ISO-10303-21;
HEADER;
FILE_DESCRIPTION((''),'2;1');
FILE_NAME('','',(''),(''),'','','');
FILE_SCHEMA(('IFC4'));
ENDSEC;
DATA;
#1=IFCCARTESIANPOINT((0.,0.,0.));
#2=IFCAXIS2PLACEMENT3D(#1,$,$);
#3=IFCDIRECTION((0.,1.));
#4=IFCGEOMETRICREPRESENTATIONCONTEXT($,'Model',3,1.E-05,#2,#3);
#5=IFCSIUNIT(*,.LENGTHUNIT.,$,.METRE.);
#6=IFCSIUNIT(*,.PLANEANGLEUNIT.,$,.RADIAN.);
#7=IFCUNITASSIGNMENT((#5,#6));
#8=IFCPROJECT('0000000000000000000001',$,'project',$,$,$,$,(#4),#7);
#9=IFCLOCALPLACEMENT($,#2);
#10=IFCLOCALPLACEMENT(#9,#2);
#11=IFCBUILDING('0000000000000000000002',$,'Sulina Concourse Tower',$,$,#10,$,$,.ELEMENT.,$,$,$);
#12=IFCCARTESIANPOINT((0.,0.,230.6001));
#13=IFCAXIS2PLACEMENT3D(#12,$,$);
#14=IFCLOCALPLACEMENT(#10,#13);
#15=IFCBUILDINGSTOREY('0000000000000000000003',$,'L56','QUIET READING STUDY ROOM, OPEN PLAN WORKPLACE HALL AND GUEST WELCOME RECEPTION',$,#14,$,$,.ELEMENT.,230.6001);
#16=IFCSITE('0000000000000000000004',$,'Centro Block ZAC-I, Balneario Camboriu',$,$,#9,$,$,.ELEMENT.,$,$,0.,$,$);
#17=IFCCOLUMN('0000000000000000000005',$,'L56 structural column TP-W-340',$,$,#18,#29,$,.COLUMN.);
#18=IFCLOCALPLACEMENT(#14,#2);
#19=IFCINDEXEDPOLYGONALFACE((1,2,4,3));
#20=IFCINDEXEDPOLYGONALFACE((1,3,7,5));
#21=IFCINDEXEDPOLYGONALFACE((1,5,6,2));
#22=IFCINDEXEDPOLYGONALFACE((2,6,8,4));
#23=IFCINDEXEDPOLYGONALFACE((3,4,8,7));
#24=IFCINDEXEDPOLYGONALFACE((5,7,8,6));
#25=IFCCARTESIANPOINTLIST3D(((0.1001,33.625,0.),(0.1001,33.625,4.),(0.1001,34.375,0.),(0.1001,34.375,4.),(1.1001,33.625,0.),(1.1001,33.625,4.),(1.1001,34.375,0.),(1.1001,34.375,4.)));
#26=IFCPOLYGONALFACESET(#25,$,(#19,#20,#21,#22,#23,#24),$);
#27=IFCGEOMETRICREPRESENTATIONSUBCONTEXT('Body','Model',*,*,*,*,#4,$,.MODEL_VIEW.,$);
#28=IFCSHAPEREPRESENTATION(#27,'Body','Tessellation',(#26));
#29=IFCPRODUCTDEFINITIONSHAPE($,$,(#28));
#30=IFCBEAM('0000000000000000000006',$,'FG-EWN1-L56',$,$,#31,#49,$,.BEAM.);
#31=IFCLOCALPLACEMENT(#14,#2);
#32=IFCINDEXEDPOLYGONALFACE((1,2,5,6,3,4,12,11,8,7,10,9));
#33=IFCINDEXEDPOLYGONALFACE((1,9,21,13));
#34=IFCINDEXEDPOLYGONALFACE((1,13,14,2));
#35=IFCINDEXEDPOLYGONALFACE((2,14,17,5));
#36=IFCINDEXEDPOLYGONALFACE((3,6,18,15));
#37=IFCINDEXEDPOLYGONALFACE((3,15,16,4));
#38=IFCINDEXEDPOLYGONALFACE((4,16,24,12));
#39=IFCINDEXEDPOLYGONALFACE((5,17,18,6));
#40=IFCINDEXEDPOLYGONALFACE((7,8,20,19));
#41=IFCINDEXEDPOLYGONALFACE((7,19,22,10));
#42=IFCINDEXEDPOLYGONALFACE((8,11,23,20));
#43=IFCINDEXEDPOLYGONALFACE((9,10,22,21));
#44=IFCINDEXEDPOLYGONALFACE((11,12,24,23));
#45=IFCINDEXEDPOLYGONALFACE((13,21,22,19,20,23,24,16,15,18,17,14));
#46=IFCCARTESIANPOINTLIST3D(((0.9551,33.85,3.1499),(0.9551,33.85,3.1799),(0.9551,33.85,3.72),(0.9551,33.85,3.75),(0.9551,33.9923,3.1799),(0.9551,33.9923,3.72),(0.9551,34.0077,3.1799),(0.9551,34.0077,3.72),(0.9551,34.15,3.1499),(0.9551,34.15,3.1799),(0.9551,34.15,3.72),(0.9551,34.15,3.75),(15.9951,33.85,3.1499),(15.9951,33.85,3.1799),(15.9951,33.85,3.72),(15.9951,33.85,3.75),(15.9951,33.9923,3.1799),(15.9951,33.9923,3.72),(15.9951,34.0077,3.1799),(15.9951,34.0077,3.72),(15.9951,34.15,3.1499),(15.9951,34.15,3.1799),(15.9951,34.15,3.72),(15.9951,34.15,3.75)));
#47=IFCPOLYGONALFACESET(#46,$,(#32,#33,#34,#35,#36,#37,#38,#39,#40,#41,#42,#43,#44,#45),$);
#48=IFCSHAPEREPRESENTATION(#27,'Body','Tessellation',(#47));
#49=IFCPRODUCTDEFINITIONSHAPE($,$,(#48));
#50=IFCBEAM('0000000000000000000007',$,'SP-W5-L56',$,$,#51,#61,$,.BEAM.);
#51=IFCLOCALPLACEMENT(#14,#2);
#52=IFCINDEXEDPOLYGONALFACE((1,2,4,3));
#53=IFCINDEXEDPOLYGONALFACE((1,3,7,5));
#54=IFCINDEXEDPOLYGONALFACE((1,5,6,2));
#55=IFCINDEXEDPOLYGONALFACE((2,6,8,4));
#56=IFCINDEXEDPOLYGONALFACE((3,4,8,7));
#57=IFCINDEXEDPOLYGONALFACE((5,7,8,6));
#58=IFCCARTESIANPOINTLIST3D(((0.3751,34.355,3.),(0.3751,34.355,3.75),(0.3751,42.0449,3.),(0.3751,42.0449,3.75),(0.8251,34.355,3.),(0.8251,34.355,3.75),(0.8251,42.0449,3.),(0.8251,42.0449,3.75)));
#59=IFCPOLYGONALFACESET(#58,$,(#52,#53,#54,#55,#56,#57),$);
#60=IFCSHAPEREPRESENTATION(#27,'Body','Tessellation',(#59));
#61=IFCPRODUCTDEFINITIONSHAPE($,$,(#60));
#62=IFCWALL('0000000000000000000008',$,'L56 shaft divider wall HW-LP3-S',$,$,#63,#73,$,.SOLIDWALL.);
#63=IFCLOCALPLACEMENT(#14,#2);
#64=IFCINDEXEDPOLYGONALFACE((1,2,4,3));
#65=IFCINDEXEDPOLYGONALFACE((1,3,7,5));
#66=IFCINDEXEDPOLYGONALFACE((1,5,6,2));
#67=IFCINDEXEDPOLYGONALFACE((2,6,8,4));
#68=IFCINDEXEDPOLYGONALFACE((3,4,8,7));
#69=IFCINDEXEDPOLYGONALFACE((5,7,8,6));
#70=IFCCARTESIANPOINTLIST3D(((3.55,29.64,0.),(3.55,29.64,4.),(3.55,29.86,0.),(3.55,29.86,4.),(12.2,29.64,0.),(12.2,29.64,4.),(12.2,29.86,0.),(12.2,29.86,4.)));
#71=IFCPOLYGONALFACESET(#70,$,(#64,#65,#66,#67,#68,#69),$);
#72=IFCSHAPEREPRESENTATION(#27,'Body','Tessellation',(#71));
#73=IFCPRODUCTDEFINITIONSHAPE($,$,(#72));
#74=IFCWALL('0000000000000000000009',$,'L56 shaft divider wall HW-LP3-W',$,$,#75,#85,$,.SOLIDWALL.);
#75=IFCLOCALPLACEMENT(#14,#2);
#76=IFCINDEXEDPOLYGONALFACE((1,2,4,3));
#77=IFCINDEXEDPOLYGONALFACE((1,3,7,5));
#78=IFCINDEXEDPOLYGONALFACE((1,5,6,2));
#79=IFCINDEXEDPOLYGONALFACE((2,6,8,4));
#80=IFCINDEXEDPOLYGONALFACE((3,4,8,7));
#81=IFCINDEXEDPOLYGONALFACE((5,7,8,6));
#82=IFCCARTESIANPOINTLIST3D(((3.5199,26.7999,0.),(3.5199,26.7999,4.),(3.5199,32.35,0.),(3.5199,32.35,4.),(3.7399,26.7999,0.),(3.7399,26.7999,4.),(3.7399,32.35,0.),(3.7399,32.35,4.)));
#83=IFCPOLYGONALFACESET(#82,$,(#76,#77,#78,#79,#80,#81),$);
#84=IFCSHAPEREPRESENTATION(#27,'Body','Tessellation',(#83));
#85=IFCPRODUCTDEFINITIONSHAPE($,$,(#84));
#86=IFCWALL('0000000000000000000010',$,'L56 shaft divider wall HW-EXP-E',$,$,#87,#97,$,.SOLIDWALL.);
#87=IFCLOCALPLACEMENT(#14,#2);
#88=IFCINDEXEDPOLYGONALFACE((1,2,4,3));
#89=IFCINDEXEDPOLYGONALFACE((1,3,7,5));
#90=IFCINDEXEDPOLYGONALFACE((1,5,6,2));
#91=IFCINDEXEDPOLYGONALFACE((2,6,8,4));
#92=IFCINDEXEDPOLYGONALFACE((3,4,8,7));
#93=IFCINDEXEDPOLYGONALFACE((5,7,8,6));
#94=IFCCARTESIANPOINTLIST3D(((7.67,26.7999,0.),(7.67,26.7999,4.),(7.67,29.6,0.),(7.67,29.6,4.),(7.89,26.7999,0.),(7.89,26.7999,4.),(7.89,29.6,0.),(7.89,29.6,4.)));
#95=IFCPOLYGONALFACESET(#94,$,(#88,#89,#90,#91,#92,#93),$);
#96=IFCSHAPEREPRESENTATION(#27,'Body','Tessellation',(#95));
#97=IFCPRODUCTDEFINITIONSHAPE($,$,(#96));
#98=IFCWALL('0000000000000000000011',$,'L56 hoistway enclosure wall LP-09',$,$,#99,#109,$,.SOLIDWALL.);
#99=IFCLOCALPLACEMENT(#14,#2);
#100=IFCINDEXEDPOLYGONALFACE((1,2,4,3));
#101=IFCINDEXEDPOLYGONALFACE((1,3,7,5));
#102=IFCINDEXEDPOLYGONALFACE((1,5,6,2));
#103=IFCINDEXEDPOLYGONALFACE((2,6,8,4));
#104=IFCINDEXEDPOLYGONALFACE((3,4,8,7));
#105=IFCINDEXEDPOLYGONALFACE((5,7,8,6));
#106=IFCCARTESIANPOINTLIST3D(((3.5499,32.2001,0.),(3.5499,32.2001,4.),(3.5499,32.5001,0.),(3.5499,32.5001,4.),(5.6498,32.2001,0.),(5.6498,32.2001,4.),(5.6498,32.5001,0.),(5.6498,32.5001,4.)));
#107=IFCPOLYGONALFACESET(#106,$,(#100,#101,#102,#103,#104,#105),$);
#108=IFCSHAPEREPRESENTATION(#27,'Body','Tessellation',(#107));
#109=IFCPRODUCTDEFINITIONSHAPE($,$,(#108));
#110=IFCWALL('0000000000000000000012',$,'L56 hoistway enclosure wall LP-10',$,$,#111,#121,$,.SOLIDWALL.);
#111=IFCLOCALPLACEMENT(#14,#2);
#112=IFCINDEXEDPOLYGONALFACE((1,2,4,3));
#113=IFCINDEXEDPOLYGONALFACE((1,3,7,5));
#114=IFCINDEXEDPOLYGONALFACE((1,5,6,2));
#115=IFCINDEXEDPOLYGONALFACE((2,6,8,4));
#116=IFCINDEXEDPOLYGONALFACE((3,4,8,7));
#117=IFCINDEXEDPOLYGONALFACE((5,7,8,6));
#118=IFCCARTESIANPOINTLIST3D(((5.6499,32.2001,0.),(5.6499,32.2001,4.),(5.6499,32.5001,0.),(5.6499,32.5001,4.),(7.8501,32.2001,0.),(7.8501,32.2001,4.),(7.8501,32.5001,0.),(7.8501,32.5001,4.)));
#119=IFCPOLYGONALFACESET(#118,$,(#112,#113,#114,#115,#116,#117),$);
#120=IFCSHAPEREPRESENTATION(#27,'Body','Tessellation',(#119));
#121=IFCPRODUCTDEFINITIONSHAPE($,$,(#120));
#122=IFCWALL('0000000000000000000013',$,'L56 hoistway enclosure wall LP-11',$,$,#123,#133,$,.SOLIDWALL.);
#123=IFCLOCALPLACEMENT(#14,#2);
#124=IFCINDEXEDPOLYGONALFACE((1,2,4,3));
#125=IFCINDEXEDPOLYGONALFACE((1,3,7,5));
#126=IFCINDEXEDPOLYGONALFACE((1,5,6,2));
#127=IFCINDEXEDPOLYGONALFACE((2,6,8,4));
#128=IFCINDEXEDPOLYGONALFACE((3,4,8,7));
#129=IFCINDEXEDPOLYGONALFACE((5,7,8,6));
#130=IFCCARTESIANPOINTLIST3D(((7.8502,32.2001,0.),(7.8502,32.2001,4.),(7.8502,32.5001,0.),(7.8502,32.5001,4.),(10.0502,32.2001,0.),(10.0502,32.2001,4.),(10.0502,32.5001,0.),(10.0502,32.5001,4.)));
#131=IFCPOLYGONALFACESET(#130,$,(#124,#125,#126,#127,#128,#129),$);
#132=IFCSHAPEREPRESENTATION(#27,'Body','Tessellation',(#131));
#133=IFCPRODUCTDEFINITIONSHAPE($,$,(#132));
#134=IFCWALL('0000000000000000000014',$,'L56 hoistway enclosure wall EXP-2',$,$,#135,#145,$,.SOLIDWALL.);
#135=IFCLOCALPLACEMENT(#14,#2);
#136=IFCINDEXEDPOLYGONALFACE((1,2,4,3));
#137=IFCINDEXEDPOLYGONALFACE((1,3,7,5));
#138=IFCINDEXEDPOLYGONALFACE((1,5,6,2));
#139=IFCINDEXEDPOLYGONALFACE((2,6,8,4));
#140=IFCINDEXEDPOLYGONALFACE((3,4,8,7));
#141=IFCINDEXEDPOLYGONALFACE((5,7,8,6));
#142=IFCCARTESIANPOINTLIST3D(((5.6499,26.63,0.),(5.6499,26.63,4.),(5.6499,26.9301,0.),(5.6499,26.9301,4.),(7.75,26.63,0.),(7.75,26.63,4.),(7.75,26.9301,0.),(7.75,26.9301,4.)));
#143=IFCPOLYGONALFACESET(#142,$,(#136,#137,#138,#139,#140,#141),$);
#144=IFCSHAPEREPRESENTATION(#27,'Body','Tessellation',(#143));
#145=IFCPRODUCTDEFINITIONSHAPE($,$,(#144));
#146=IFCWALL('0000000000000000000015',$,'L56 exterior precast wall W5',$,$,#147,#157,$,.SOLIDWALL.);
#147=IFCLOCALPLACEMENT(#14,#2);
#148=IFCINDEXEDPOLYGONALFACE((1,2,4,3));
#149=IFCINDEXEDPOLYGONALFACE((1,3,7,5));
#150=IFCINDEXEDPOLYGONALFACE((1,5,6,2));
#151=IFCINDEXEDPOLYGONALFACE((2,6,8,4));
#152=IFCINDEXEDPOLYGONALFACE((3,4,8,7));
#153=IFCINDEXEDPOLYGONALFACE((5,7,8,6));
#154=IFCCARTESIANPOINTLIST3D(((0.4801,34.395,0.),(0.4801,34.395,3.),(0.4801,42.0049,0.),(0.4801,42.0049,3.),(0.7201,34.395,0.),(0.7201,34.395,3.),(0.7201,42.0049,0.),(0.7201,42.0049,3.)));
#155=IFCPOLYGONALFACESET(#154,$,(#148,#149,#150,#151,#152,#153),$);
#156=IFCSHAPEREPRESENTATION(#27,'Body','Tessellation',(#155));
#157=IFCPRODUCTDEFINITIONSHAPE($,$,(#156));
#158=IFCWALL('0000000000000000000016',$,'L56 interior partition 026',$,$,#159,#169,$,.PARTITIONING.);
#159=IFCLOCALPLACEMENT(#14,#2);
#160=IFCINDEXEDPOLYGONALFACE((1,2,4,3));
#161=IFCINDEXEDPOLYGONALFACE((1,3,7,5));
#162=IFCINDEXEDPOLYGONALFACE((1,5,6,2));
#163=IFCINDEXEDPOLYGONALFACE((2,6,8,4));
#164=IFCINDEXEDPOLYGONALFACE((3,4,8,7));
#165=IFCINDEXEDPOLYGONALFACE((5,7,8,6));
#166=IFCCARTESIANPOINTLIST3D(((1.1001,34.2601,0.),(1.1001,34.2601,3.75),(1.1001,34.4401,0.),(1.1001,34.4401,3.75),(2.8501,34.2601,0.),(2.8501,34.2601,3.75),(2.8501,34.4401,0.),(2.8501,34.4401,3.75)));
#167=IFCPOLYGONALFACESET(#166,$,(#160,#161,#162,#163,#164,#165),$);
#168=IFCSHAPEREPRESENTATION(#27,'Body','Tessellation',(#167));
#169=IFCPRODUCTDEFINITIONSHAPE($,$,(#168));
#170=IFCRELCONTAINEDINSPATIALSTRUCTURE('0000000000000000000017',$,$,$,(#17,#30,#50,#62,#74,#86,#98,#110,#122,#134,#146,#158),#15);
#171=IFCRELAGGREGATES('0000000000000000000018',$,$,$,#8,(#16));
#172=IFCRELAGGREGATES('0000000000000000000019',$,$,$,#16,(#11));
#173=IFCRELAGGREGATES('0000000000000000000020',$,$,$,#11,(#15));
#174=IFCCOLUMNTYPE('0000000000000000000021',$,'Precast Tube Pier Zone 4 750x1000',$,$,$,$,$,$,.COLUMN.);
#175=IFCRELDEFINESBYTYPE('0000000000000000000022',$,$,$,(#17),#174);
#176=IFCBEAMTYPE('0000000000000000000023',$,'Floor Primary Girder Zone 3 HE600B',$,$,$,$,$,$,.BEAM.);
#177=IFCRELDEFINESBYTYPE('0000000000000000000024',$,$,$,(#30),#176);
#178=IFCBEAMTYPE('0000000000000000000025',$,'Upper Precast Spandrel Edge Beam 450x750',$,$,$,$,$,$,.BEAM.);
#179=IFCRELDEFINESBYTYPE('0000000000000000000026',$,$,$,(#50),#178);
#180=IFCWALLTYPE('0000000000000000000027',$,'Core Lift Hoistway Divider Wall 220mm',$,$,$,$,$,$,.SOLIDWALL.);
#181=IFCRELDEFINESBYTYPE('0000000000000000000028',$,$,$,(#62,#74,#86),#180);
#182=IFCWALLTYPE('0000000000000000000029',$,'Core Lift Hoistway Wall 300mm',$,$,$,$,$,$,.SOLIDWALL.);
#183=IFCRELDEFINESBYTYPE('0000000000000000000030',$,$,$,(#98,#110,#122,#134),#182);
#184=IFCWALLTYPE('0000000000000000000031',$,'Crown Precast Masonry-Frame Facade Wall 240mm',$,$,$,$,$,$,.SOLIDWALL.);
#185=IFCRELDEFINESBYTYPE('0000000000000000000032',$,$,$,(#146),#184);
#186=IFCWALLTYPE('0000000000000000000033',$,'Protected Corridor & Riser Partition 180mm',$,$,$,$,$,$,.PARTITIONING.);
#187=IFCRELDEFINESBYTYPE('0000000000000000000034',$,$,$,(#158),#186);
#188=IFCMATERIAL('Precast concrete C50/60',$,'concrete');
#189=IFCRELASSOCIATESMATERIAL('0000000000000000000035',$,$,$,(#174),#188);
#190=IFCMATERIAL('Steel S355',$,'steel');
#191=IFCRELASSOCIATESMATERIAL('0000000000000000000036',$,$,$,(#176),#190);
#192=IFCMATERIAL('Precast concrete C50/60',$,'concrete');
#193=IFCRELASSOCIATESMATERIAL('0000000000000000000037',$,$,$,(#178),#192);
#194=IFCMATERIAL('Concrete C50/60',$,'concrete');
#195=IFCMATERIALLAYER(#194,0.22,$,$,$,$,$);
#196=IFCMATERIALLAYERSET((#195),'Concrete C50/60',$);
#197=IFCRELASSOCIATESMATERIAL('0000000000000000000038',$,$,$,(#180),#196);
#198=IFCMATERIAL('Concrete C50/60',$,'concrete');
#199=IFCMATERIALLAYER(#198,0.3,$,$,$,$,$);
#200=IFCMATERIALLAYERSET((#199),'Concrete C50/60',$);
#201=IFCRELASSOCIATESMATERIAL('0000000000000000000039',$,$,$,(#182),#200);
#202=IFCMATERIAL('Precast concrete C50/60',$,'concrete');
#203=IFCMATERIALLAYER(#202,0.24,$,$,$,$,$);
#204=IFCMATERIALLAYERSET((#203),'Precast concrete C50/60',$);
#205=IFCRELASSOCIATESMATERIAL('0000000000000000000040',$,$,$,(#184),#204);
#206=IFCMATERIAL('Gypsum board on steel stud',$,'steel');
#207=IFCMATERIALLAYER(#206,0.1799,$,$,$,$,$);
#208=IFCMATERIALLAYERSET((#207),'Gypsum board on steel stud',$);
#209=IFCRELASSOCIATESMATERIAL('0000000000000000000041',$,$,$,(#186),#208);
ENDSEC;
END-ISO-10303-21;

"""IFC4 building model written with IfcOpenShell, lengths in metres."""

from ifc_helpers import new_model, si_unit, direction, frame, frame_2d, origin, origin_2d, place, context, subcontext, project, spatial, rectangle, i_section, extrude, material, layer, layer_set, material_profile, profile_set, type_object, element, save


model = new_model("IFC4")

# Units and contexts
model_context = context("Model", 3, precision=1e-05, world=origin(), true_north=direction((0.0, 1.0)))
body_context = subcontext(model_context, "Body", "Model", "MODEL_VIEW")
ifc_project = project(units=[si_unit("LENGTHUNIT", "METRE"), si_unit("PLANEANGLEUNIT", "RADIAN")], contexts=[model_context])

# Site, building, storey
site_placement = place(None, origin())
site = spatial("IfcSite", under=ifc_project, at=site_placement, Name="Centro Block ZAC-I, Balneario Camboriu", CompositionType="ELEMENT", RefElevation=0.0)
building_placement = place(site_placement, origin())
building = spatial("IfcBuilding", under=site, at=building_placement, Name="Sulina Concourse Tower", CompositionType="ELEMENT")
storey_placement = place(building_placement, frame((0.0, 0.0, 230.6001)))
storey = spatial("IfcBuildingStorey", under=building, at=storey_placement, Name="L56", Description="QUIET READING STUDY ROOM, OPEN PLAN WORKPLACE HALL AND GUEST WELCOME RECEPTION", CompositionType="ELEMENT", Elevation=230.6001)

# Column
ifc_material_1 = material(Name="Precast concrete C50/60", Category="concrete")
ifc_material_profile_1 = material_profile(ifc_material_1, rectangle(XDim=0.75, YDim=1.0, at=origin_2d()), Name="PC 750x1000")
ifc_profile_set_1 = profile_set([ifc_material_profile_1], Name="Precast concrete C50/60")
column_type = type_object("IfcColumnType", Name="Precast Tube Pier Zone 4 750x1000", PredefinedType="COLUMN", material=ifc_profile_set_1)
column_placement = place(storey_placement, frame((0.6001, 34.0, 0.0), z_axis=(0.0, 0.0, 1.0), x_axis=(0.0, 1.0, 0.0)))
element("IfcColumn", 1, at=column_placement, inside=storey, type_object=column_type, Name="L56 structural column TP-W-340", PredefinedType="COLUMN", context=body_context, shape_type="SweptSolid", body=[
    extrude(rectangle(XDim=0.75, YDim=1.0, at=origin_2d()), origin(), (0.0, 0.0, 1.0), 4.0),
])

# Beams
ifc_material_2 = material(Name="Steel S355", Category="steel")
ifc_material_profile_2 = material_profile(ifc_material_2, i_section(OverallWidth=0.3, OverallDepth=0.6001, WebThickness=0.0154, FlangeThickness=0.03, at=origin_2d()), Name="HE 600 B")
ifc_profile_set_2 = profile_set([ifc_material_profile_2], Name="Steel S355")
beam_type_1 = type_object("IfcBeamType", Name="Floor Primary Girder Zone 3 HE600B", PredefinedType="BEAM", material=ifc_profile_set_2)
beam_1_placement = place(storey_placement, frame((0.9551, 34.0, 3.45), z_axis=(1.0, 0.0, 0.0), x_axis=(0.0, 1.0, 0.0)))
element("IfcBeam", 2, at=beam_1_placement, inside=storey, type_object=beam_type_1, Name="FG-EWN1-L56", PredefinedType="BEAM", context=body_context, shape_type="SweptSolid", body=[
    extrude(i_section(OverallWidth=0.3, OverallDepth=0.6001, WebThickness=0.0154, FlangeThickness=0.03, at=origin_2d()), origin(), (0.0, 0.0, 1.0), 15.04),
])
ifc_material_3 = material(Name="Precast concrete C50/60", Category="concrete")
ifc_material_profile_3 = material_profile(ifc_material_3, rectangle(XDim=0.45, YDim=0.75, at=origin_2d()), Name="RC 450x750")
ifc_profile_set_3 = profile_set([ifc_material_profile_3], Name="Precast concrete C50/60")
beam_type_2 = type_object("IfcBeamType", Name="Upper Precast Spandrel Edge Beam 450x750", PredefinedType="BEAM", material=ifc_profile_set_3)
beam_2_placement = place(storey_placement, frame((0.6001, 34.355, 3.375), z_axis=(0.0, 1.0, 0.0), x_axis=(-1.0, 0.0, 0.0)))
element("IfcBeam", 3, at=beam_2_placement, inside=storey, type_object=beam_type_2, Name="SP-W5-L56", PredefinedType="BEAM", context=body_context, shape_type="SweptSolid", body=[
    extrude(rectangle(XDim=0.45, YDim=0.75, at=origin_2d()), origin(), (0.0, 0.0, 1.0), 7.6899),
])

# Walls
ifc_material_4 = material(Name="Concrete C50/60", Category="concrete")
ifc_layer_1 = layer(ifc_material_4, 0.22)
ifc_layer_set_1 = layer_set([ifc_layer_1], Name="Concrete C50/60")
wall_type_1 = type_object("IfcWallType", Name="Core Lift Hoistway Divider Wall 220mm", PredefinedType="SOLIDWALL", material=ifc_layer_set_1)
wall_1_placement = place(storey_placement, frame((3.55, 29.75, 0.0), z_axis=(0.0, 0.0, 1.0), x_axis=(1.0, 0.0, 0.0)))
element("IfcWall", 4, at=wall_1_placement, inside=storey, type_object=wall_type_1, Name="L56 shaft divider wall HW-LP3-S", PredefinedType="SOLIDWALL", context=body_context, shape_type="SweptSolid", body=[
    extrude(rectangle(XDim=8.6499, YDim=0.22, at=frame_2d((4.325, 0.0))), origin(), (0.0, 0.0, 1.0), 4.0),
])
wall_2_placement = place(storey_placement, frame((3.6299, 26.8, 0.0), z_axis=(0.0, 0.0, 1.0), x_axis=(0.0, 1.0, 0.0)))
element("IfcWall", 5, at=wall_2_placement, inside=storey, type_object=wall_type_1, Name="L56 shaft divider wall HW-LP3-W", PredefinedType="SOLIDWALL", context=body_context, shape_type="SweptSolid", body=[
    extrude(rectangle(XDim=5.55, YDim=0.22, at=frame_2d((2.7749, 0.0))), origin(), (0.0, 0.0, 1.0), 4.0),
])
wall_3_placement = place(storey_placement, frame((7.78, 26.8, 0.0), z_axis=(0.0, 0.0, 1.0), x_axis=(0.0, 1.0, 0.0)))
element("IfcWall", 6, at=wall_3_placement, inside=storey, type_object=wall_type_1, Name="L56 shaft divider wall HW-EXP-E", PredefinedType="SOLIDWALL", context=body_context, shape_type="SweptSolid", body=[
    extrude(rectangle(XDim=2.8, YDim=0.22, at=frame_2d((1.3999, 0.0))), origin(), (0.0, 0.0, 1.0), 4.0),
])
ifc_material_5 = material(Name="Concrete C50/60", Category="concrete")
ifc_layer_2 = layer(ifc_material_5, 0.3)
ifc_layer_set_2 = layer_set([ifc_layer_2], Name="Concrete C50/60")
wall_type_2 = type_object("IfcWallType", Name="Core Lift Hoistway Wall 300mm", PredefinedType="SOLIDWALL", material=ifc_layer_set_2)
wall_4_placement = place(storey_placement, frame((3.55, 32.3501, 0.0), z_axis=(0.0, 0.0, 1.0), x_axis=(1.0, 0.0, 0.0)))
element("IfcWall", 7, at=wall_4_placement, inside=storey, type_object=wall_type_2, Name="L56 hoistway enclosure wall LP-09", PredefinedType="SOLIDWALL", context=body_context, shape_type="SweptSolid", body=[
    extrude(rectangle(XDim=2.0999, YDim=0.3, at=frame_2d((1.0498, 0.0))), origin(), (0.0, 0.0, 1.0), 4.0),
])
wall_5_placement = place(storey_placement, frame((5.6499, 32.3501, 0.0), z_axis=(0.0, 0.0, 1.0), x_axis=(1.0, 0.0, 0.0)))
element("IfcWall", 8, at=wall_5_placement, inside=storey, type_object=wall_type_2, Name="L56 hoistway enclosure wall LP-10", PredefinedType="SOLIDWALL", context=body_context, shape_type="SweptSolid", body=[
    extrude(rectangle(XDim=2.2002, YDim=0.3, at=frame_2d((1.1001, 0.0))), origin(), (0.0, 0.0, 1.0), 4.0),
])
wall_6_placement = place(storey_placement, frame((7.8501, 32.3501, 0.0), z_axis=(0.0, 0.0, 1.0), x_axis=(1.0, 0.0, 0.0)))
element("IfcWall", 9, at=wall_6_placement, inside=storey, type_object=wall_type_2, Name="L56 hoistway enclosure wall LP-11", PredefinedType="SOLIDWALL", context=body_context, shape_type="SweptSolid", body=[
    extrude(rectangle(XDim=2.2, YDim=0.3, at=frame_2d((1.1001, 0.0))), origin(), (0.0, 0.0, 1.0), 4.0),
])
wall_7_placement = place(storey_placement, frame((7.75, 26.78, 0.0), z_axis=(0.0, 0.0, 1.0), x_axis=(-1.0, 0.0, 0.0)))
element("IfcWall", 10, at=wall_7_placement, inside=storey, type_object=wall_type_2, Name="L56 hoistway enclosure wall EXP-2", PredefinedType="SOLIDWALL", context=body_context, shape_type="SweptSolid", body=[
    extrude(rectangle(XDim=2.1001, YDim=0.3, at=frame_2d((1.05, 0.0))), origin(), (0.0, 0.0, 1.0), 4.0),
])
ifc_material_6 = material(Name="Precast concrete C50/60", Category="concrete")
ifc_layer_3 = layer(ifc_material_6, 0.24)
ifc_layer_set_3 = layer_set([ifc_layer_3], Name="Precast concrete C50/60")
wall_type_3 = type_object("IfcWallType", Name="Crown Precast Masonry-Frame Facade Wall 240mm", PredefinedType="SOLIDWALL", material=ifc_layer_set_3)
wall_8_placement = place(storey_placement, frame((0.6001, 34.395, 0.0), z_axis=(0.0, 0.0, 1.0), x_axis=(0.0, 1.0, 0.0)))
element("IfcWall", 11, at=wall_8_placement, inside=storey, type_object=wall_type_3, Name="L56 exterior precast wall W5", PredefinedType="SOLIDWALL", context=body_context, shape_type="SweptSolid", body=[
    extrude(rectangle(XDim=7.6099, YDim=0.24, at=frame_2d((3.8049, 0.0))), origin(), (0.0, 0.0, 1.0), 3.0),
])
ifc_material_7 = material(Name="Gypsum board on steel stud", Category="steel")
ifc_layer_4 = layer(ifc_material_7, 0.1799)
ifc_layer_set_4 = layer_set([ifc_layer_4], Name="Gypsum board on steel stud")
wall_type_4 = type_object("IfcWallType", Name="Protected Corridor & Riser Partition 180mm", PredefinedType="PARTITIONING", material=ifc_layer_set_4)
wall_9_placement = place(storey_placement, frame((1.1001, 34.3501, 0.0), z_axis=(0.0, 0.0, 1.0), x_axis=(1.0, 0.0, 0.0)))
element("IfcWall", 12, at=wall_9_placement, inside=storey, type_object=wall_type_4, Name="L56 interior partition 026", PredefinedType="PARTITIONING", context=body_context, shape_type="SweptSolid", body=[
    extrude(rectangle(XDim=1.75, YDim=0.1799, at=frame_2d((0.875, 0.0))), origin(), (0.0, 0.0, 1.0), 3.75),
])

save(model, "model.ifc")
